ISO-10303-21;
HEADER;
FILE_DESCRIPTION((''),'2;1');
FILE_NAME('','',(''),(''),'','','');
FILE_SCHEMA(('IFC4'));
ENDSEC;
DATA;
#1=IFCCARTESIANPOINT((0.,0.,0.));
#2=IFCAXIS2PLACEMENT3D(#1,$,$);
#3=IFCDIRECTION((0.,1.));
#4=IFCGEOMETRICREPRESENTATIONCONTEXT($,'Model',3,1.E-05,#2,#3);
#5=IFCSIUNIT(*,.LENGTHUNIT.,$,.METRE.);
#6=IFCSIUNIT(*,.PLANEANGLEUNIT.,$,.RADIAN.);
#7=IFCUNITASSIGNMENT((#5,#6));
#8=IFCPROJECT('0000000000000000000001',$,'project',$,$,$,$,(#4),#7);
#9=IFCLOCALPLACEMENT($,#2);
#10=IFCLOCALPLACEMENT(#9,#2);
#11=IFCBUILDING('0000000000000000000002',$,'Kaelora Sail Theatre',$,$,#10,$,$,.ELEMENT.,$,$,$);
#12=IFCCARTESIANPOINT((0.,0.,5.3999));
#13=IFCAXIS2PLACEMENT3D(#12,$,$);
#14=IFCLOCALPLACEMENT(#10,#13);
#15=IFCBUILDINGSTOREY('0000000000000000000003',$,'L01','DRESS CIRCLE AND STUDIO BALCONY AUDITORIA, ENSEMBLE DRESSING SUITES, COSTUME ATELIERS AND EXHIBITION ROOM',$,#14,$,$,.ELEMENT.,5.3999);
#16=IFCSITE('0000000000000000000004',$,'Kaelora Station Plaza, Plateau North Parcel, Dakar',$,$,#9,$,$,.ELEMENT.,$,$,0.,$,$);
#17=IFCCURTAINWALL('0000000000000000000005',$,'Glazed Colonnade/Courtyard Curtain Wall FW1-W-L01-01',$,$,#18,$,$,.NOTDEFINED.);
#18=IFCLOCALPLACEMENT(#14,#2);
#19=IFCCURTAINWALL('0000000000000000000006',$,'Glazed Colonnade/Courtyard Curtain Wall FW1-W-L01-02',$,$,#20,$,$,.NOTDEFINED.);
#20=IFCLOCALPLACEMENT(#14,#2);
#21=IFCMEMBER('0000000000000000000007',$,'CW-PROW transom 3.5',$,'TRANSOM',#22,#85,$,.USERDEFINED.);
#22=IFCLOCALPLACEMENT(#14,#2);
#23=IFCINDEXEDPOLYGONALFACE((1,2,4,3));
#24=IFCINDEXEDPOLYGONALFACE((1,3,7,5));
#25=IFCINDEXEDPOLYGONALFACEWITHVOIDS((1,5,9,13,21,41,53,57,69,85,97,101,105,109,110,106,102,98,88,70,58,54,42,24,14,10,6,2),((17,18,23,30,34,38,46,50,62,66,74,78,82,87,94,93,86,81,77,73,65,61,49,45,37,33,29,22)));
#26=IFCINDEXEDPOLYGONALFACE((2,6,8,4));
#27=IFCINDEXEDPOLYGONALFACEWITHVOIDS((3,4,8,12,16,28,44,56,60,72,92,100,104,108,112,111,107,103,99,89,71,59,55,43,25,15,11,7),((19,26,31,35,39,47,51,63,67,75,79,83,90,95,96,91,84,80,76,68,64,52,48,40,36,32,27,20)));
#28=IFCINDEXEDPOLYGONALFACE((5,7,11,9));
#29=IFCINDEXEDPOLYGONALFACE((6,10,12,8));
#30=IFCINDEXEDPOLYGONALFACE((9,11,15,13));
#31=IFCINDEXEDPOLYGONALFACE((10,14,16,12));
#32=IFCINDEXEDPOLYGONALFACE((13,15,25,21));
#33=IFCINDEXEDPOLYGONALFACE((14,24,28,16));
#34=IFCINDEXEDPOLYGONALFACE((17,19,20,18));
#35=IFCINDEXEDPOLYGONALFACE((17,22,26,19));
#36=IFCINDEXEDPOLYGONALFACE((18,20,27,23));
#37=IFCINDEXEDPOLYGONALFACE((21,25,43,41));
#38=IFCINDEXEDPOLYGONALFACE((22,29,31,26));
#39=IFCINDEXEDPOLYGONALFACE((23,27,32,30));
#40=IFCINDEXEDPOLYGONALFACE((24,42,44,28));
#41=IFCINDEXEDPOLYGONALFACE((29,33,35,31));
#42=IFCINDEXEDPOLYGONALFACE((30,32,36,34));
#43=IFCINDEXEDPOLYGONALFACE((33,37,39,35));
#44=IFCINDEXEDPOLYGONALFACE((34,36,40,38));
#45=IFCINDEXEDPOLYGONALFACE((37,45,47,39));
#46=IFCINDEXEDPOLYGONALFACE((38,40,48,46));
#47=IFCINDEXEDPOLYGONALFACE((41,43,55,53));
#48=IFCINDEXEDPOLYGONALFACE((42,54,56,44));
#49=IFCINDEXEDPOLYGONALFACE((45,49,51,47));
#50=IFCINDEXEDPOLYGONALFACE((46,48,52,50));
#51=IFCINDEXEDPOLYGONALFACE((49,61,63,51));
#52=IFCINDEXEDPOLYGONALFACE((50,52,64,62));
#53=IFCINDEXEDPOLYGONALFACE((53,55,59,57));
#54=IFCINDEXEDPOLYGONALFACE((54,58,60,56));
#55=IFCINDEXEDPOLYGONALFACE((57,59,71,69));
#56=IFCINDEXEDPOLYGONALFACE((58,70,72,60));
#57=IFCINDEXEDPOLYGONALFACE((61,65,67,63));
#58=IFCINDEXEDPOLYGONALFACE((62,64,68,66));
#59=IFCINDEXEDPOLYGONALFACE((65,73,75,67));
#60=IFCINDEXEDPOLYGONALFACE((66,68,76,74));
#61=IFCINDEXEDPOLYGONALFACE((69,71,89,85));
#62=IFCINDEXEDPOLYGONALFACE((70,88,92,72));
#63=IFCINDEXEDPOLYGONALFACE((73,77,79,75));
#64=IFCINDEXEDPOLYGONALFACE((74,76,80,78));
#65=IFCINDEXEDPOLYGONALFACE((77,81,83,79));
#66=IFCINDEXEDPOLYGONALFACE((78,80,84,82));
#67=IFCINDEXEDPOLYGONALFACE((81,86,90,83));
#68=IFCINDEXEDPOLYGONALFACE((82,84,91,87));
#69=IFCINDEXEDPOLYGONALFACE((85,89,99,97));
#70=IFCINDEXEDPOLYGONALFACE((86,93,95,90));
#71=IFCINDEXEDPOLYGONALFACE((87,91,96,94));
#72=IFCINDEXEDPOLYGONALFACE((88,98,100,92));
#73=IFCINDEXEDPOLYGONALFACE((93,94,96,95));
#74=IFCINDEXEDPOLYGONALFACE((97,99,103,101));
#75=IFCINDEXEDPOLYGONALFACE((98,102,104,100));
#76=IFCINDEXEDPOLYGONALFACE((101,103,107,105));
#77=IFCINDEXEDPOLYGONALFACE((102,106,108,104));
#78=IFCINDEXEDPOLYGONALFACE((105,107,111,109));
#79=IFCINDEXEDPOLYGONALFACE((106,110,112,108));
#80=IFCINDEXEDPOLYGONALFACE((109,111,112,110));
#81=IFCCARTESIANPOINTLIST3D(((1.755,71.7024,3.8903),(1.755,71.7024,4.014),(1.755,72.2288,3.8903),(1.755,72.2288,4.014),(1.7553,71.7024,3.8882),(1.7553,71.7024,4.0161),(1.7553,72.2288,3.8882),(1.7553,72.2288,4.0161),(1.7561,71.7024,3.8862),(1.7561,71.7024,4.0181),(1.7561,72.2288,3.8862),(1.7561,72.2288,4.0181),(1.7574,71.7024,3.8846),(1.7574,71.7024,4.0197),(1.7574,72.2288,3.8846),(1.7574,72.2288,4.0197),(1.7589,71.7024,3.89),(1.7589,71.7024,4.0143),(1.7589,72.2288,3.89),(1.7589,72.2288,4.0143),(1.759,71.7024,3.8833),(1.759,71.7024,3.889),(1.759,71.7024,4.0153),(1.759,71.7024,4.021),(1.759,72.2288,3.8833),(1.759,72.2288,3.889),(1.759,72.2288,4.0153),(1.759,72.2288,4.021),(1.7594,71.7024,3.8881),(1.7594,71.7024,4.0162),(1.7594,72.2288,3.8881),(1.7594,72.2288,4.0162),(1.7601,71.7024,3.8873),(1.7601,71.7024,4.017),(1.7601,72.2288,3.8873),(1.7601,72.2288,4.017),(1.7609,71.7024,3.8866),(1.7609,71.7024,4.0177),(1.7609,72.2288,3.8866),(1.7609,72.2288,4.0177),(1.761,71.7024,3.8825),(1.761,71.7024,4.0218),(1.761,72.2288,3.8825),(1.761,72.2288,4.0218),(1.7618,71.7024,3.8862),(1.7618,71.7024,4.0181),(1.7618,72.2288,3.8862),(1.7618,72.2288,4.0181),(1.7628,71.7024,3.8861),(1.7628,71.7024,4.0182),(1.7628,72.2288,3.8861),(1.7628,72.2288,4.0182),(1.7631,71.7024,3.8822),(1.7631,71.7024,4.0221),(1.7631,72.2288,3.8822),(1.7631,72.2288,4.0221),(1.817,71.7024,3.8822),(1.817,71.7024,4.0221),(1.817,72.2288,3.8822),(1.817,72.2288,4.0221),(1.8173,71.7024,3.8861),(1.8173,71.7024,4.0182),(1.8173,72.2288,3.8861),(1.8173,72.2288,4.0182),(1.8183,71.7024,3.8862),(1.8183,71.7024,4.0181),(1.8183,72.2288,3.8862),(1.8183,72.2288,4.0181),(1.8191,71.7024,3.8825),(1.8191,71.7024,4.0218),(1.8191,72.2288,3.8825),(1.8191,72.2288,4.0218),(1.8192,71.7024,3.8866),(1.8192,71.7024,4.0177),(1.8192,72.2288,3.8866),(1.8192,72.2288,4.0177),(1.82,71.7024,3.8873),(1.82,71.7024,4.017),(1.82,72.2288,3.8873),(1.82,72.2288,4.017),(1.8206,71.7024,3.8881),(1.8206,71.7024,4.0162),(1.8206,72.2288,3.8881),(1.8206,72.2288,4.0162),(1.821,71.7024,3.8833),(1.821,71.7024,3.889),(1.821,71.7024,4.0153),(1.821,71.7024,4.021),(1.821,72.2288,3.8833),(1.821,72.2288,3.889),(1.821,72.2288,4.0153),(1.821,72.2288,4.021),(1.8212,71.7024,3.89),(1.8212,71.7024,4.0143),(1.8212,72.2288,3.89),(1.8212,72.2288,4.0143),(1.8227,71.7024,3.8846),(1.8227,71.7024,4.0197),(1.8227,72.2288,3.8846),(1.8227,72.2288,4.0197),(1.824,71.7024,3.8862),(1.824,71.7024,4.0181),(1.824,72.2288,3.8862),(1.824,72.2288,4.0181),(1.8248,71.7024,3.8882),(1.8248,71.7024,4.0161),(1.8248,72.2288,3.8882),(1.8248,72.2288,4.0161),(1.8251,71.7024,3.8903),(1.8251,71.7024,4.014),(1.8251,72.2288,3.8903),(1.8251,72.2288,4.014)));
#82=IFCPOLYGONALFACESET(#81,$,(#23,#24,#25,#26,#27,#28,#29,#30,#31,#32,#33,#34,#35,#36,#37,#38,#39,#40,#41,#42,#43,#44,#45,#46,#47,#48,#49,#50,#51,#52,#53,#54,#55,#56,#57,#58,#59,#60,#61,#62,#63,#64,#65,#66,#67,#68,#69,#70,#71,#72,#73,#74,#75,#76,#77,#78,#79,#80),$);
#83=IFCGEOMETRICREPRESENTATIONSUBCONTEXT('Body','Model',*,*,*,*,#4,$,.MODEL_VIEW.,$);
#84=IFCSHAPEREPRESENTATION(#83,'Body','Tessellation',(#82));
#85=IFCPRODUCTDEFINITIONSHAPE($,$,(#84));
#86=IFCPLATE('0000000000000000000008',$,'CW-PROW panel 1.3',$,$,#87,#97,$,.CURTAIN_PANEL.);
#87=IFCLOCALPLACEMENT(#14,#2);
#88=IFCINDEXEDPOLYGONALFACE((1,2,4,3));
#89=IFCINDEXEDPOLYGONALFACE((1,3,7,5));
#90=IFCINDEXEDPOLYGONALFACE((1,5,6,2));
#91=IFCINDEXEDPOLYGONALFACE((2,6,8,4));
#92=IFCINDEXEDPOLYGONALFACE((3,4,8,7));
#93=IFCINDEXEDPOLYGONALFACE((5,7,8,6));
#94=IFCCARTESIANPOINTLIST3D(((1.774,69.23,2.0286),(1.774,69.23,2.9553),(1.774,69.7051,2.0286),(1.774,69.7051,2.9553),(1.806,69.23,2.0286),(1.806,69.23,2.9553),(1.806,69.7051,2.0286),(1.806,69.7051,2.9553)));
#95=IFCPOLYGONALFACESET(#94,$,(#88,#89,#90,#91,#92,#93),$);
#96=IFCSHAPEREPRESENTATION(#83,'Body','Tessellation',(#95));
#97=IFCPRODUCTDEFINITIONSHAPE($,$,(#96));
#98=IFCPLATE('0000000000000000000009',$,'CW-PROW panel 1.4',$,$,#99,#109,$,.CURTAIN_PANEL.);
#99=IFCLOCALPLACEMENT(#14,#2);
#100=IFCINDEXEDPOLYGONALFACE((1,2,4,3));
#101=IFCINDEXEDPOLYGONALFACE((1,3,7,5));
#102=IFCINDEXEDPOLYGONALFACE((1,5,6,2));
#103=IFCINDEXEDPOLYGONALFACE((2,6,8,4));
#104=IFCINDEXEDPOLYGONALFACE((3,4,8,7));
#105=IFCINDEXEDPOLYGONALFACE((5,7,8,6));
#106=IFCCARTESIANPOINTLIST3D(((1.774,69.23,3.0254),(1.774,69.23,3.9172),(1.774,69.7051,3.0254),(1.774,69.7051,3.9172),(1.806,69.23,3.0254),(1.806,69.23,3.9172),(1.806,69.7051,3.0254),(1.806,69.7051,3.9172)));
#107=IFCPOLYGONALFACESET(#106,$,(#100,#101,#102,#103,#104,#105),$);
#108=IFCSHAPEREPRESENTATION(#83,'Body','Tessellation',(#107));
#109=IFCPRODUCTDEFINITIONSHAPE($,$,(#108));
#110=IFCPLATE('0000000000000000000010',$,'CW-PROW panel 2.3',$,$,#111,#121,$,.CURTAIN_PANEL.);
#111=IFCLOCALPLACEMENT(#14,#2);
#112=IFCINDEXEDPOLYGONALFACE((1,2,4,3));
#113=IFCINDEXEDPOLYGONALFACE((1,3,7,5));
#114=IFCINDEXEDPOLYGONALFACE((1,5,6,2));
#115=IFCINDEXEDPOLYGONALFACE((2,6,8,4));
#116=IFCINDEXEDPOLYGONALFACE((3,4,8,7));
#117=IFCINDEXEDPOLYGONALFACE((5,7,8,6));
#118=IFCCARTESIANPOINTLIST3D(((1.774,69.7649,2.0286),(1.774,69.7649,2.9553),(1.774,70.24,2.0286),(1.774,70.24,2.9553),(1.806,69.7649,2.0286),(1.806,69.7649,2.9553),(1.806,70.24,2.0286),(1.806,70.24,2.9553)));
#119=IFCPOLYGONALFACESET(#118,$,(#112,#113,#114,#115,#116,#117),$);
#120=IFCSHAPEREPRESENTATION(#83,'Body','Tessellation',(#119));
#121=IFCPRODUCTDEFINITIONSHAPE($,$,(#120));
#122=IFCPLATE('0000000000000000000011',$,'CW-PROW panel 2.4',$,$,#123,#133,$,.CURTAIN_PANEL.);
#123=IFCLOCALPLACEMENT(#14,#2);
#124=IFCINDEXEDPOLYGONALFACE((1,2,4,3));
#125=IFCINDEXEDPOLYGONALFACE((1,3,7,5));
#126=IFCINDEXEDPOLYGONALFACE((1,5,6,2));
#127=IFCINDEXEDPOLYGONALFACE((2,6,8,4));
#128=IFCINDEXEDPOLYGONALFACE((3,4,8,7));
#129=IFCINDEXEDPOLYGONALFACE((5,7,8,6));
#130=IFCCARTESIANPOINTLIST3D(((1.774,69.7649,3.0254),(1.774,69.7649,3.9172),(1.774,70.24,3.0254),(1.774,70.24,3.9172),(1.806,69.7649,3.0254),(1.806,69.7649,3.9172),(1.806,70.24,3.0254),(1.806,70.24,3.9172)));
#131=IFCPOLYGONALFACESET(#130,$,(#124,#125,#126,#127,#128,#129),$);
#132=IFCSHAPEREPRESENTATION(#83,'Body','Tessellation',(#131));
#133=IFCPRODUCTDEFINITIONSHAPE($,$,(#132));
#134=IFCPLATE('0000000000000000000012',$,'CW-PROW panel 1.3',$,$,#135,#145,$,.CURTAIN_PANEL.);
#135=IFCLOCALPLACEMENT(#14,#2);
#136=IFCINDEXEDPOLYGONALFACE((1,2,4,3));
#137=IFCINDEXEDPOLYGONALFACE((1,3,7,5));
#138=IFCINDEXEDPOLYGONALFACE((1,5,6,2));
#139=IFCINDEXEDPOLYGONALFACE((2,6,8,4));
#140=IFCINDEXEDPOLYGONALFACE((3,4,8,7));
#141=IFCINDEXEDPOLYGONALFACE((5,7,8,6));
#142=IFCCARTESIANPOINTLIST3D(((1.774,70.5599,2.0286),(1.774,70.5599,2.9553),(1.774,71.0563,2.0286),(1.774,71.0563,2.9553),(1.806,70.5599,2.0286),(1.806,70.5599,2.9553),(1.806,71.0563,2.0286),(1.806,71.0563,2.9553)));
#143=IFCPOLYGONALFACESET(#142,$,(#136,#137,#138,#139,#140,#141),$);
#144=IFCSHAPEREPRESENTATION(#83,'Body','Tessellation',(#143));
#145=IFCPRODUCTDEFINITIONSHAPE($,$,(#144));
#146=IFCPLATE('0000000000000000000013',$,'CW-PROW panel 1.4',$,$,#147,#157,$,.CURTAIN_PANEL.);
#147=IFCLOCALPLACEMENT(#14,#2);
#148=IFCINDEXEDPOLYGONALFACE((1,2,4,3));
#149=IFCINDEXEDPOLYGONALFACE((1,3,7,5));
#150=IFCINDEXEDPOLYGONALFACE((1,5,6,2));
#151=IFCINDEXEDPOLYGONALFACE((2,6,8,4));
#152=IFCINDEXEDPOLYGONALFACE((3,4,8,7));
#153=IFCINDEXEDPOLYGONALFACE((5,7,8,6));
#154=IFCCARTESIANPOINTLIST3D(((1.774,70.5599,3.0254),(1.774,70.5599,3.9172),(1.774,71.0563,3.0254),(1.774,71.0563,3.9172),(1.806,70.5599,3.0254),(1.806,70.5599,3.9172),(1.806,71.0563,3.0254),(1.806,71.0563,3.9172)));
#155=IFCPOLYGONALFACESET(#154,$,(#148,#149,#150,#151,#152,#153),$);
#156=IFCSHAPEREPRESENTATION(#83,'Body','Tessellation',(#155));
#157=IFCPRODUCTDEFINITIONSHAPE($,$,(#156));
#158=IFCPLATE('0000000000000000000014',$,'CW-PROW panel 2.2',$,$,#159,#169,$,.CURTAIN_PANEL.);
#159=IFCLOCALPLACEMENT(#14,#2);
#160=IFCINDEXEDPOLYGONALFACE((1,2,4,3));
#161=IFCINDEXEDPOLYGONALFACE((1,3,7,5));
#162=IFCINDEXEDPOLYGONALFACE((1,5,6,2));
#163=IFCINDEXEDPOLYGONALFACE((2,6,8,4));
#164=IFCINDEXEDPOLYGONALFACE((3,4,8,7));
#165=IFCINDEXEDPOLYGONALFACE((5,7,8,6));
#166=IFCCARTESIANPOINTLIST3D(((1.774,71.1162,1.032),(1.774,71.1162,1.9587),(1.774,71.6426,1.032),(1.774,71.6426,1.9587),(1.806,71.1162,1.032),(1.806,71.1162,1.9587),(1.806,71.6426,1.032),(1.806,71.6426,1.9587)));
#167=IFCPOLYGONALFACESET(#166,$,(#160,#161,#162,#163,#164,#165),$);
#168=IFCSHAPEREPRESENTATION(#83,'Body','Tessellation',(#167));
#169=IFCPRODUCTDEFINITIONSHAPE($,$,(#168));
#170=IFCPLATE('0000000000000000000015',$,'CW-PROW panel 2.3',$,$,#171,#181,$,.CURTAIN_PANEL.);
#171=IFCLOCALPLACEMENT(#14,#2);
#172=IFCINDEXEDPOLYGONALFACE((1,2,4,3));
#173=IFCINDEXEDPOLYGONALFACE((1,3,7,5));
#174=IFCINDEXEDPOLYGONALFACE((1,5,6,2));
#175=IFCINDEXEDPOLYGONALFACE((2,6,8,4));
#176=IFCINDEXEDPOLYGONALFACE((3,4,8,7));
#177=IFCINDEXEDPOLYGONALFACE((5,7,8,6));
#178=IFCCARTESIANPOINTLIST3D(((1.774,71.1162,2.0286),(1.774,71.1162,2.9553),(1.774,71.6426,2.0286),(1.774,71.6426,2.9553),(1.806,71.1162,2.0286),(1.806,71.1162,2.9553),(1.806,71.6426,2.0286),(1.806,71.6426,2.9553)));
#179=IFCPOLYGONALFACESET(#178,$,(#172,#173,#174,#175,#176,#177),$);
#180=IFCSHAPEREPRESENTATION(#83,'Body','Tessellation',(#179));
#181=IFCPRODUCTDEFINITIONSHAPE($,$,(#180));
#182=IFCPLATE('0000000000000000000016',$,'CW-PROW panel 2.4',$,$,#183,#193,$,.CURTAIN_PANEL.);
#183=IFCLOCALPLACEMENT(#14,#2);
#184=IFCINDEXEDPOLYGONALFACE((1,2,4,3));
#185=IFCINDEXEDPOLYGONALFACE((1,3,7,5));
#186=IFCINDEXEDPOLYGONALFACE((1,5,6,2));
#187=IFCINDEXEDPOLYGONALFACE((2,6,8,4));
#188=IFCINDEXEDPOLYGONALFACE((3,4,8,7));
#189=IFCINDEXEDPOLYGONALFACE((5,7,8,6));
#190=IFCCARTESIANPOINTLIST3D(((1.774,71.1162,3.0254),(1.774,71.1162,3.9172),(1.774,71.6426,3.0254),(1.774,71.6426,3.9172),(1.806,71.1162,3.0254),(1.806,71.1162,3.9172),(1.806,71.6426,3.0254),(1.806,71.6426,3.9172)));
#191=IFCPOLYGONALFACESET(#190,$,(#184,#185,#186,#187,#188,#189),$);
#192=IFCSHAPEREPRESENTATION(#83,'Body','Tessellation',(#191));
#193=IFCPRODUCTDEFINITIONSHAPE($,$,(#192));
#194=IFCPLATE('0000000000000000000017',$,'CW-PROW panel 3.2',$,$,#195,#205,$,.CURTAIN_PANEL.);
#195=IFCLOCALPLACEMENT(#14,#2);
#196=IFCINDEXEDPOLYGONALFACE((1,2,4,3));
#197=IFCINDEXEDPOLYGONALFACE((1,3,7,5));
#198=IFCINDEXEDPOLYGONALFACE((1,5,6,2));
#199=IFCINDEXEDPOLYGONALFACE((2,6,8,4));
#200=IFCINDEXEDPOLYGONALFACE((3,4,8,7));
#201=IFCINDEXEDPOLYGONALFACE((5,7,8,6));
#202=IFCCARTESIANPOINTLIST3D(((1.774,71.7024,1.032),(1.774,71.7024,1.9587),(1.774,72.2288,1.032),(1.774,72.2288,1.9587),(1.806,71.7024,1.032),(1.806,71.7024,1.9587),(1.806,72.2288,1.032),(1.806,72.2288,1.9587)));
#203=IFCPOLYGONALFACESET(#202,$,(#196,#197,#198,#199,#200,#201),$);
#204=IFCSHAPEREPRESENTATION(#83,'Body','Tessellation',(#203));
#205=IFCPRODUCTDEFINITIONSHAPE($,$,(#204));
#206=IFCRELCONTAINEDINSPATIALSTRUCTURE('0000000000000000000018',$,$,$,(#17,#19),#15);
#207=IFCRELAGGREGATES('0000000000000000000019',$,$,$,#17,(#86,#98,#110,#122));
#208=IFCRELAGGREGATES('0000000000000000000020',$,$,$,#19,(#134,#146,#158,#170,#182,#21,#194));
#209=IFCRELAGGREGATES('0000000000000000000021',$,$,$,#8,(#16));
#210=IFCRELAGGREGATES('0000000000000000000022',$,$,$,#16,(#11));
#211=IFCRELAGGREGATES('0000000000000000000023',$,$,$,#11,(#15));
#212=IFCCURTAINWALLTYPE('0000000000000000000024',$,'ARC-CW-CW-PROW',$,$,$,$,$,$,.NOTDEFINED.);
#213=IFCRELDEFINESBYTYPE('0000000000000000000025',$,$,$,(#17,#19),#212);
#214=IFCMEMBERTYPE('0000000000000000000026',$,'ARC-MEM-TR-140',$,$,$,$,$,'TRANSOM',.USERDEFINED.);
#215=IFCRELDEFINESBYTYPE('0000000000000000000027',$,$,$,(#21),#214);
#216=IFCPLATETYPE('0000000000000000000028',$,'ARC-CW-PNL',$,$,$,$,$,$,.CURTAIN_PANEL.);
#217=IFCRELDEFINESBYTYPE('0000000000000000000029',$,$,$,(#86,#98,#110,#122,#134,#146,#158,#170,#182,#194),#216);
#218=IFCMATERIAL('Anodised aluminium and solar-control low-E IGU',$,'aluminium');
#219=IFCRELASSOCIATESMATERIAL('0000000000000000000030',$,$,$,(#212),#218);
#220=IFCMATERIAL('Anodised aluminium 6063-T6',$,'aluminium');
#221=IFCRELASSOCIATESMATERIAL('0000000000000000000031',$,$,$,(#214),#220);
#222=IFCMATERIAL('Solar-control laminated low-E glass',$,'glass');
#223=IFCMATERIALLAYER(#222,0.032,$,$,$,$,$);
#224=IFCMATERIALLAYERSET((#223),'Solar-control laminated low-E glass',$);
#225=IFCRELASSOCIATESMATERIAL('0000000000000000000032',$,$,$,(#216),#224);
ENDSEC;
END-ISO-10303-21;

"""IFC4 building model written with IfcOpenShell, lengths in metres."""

from ifc_helpers import new_model, si_unit, direction, frame, origin, origin_2d, place, context, subcontext, project, spatial, rectangle, hollow_rectangle, extrude, material, layer, layer_set, material_profile, profile_set, type_object, element, aggregate, save


model = new_model("IFC4")

# Units and contexts
model_context = context("Model", 3, precision=1e-05, world=origin(), true_north=direction((0.0, 1.0)))
body_context = subcontext(model_context, "Body", "Model", "MODEL_VIEW")
ifc_project = project(units=[si_unit("LENGTHUNIT", "METRE"), si_unit("PLANEANGLEUNIT", "RADIAN")], contexts=[model_context])

# Site, building, storey
site_placement = place(None, origin())
site = spatial("IfcSite", under=ifc_project, at=site_placement, Name="Kaelora Station Plaza, Plateau North Parcel, Dakar", CompositionType="ELEMENT", RefElevation=0.0)
building_placement = place(site_placement, origin())
building = spatial("IfcBuilding", under=site, at=building_placement, Name="Kaelora Sail Theatre", CompositionType="ELEMENT")
storey_placement = place(building_placement, frame((0.0, 0.0, 5.3999)))
storey = spatial("IfcBuildingStorey", under=building, at=storey_placement, Name="L01", Description="DRESS CIRCLE AND STUDIO BALCONY AUDITORIA, ENSEMBLE DRESSING SUITES, COSTUME ATELIERS AND EXHIBITION ROOM", CompositionType="ELEMENT", Elevation=5.3999)

# Curtain walls, member
ifc_material_1 = material(Name="Anodised aluminium and solar-control low-E IGU", Category="aluminium")
curtain_wall_type = type_object("IfcCurtainWallType", Name="ARC-CW-CW-PROW", PredefinedType="NOTDEFINED", material=ifc_material_1)
curtain_wall_1_placement = place(storey_placement, origin())
curtain_wall_1 = element("IfcCurtainWall", 1, at=curtain_wall_1_placement, inside=storey, type_object=curtain_wall_type, Name="Glazed Colonnade/Courtyard Curtain Wall FW1-W-L01-01", PredefinedType="NOTDEFINED")
ifc_material_2 = material(Name="Anodised aluminium 6063-T6", Category="aluminium")
ifc_material_profile = material_profile(ifc_material_2, hollow_rectangle(XDim=0.0701, YDim=0.1399, WallThickness=0.0039, InnerFilletRadius=0.0039, OuterFilletRadius=0.0081, at=origin_2d()), Name="ALU-TRAN 70x140x4")
ifc_profile_set = profile_set([ifc_material_profile], Name="Anodised aluminium 6063-T6")
member_type = type_object("IfcMemberType", Name="ARC-MEM-TR-140", ElementType="TRANSOM", PredefinedType="USERDEFINED", material=ifc_profile_set)
curtain_wall_2_placement = place(storey_placement, origin())
curtain_wall_2 = element("IfcCurtainWall", 2, at=curtain_wall_2_placement, inside=storey, type_object=curtain_wall_type, Name="Glazed Colonnade/Courtyard Curtain Wall FW1-W-L01-02", PredefinedType="NOTDEFINED")
member_1_placement = place(storey_placement, frame((1.79, 71.7024, 3.9521), z_axis=(0.0, 1.0, 0.0), x_axis=(-1.0, 0.0, 0.0)))
member_1 = element("IfcMember", 3, at=member_1_placement, type_object=member_type, Name="CW-PROW transom 3.5", ObjectType="TRANSOM", PredefinedType="USERDEFINED", context=body_context, shape_type="SweptSolid", body=[
    extrude(hollow_rectangle(XDim=0.0701, YDim=0.1399, WallThickness=0.0039, InnerFilletRadius=0.0039, OuterFilletRadius=0.0081, at=origin_2d()), origin(), (0.0, 0.0, 1.0), 0.5264),
])

# Plates
ifc_material_3 = material(Name="Solar-control laminated low-E glass", Category="glass")
ifc_layer = layer(ifc_material_3, 0.032)
ifc_layer_set = layer_set([ifc_layer], Name="Solar-control laminated low-E glass")
plate_type = type_object("IfcPlateType", Name="ARC-CW-PNL", PredefinedType="CURTAIN_PANEL", material=ifc_layer_set)
plate_1_placement = place(storey_placement, frame((1.79, 69.4675, 2.0286), z_axis=(0.0, 0.0, 1.0), x_axis=(0.0, 1.0, 0.0)))
plate_1 = element("IfcPlate", 4, at=plate_1_placement, type_object=plate_type, Name="CW-PROW panel 1.3", PredefinedType="CURTAIN_PANEL", context=body_context, shape_type="SweptSolid", body=[
    extrude(rectangle(XDim=0.4751, YDim=0.032, at=origin_2d()), origin(), (0.0, 0.0, 1.0), 0.9268),
])
plate_2_placement = place(storey_placement, frame((1.79, 69.4675, 3.0254), z_axis=(0.0, 0.0, 1.0), x_axis=(0.0, 1.0, 0.0)))
plate_2 = element("IfcPlate", 5, at=plate_2_placement, type_object=plate_type, Name="CW-PROW panel 1.4", PredefinedType="CURTAIN_PANEL", context=body_context, shape_type="SweptSolid", body=[
    extrude(rectangle(XDim=0.4751, YDim=0.032, at=origin_2d()), origin(), (0.0, 0.0, 1.0), 0.8918),
])
plate_3_placement = place(storey_placement, frame((1.79, 70.0024, 2.0286), z_axis=(0.0, 0.0, 1.0), x_axis=(0.0, 1.0, 0.0)))
plate_3 = element("IfcPlate", 6, at=plate_3_placement, type_object=plate_type, Name="CW-PROW panel 2.3", PredefinedType="CURTAIN_PANEL", context=body_context, shape_type="SweptSolid", body=[
    extrude(rectangle(XDim=0.4751, YDim=0.032, at=origin_2d()), origin(), (0.0, 0.0, 1.0), 0.9268),
])
plate_4_placement = place(storey_placement, frame((1.79, 70.0024, 3.0254), z_axis=(0.0, 0.0, 1.0), x_axis=(0.0, 1.0, 0.0)))
plate_4 = element("IfcPlate", 7, at=plate_4_placement, type_object=plate_type, Name="CW-PROW panel 2.4", PredefinedType="CURTAIN_PANEL", context=body_context, shape_type="SweptSolid", body=[
    extrude(rectangle(XDim=0.4751, YDim=0.032, at=origin_2d()), origin(), (0.0, 0.0, 1.0), 0.8918),
])
aggregate(curtain_wall_1, [plate_1, plate_2, plate_3, plate_4])
plate_5_placement = place(storey_placement, frame((1.79, 70.8081, 2.0286), z_axis=(0.0, 0.0, 1.0), x_axis=(0.0, 1.0, 0.0)))
plate_5 = element("IfcPlate", 8, at=plate_5_placement, type_object=plate_type, Name="CW-PROW panel 1.3", PredefinedType="CURTAIN_PANEL", context=body_context, shape_type="SweptSolid", body=[
    extrude(rectangle(XDim=0.4963, YDim=0.032, at=origin_2d()), origin(), (0.0, 0.0, 1.0), 0.9268),
])
plate_6_placement = place(storey_placement, frame((1.79, 70.8081, 3.0254), z_axis=(0.0, 0.0, 1.0), x_axis=(0.0, 1.0, 0.0)))
plate_6 = element("IfcPlate", 9, at=plate_6_placement, type_object=plate_type, Name="CW-PROW panel 1.4", PredefinedType="CURTAIN_PANEL", context=body_context, shape_type="SweptSolid", body=[
    extrude(rectangle(XDim=0.4963, YDim=0.032, at=origin_2d()), origin(), (0.0, 0.0, 1.0), 0.8918),
])
plate_7_placement = place(storey_placement, frame((1.79, 71.3794, 1.032), z_axis=(0.0, 0.0, 1.0), x_axis=(0.0, 1.0, 0.0)))
plate_7 = element("IfcPlate", 10, at=plate_7_placement, type_object=plate_type, Name="CW-PROW panel 2.2", PredefinedType="CURTAIN_PANEL", context=body_context, shape_type="SweptSolid", body=[
    extrude(rectangle(XDim=0.5264, YDim=0.032, at=origin_2d()), origin(), (0.0, 0.0, 1.0), 0.9268),
])
plate_8_placement = place(storey_placement, frame((1.79, 71.3794, 2.0286), z_axis=(0.0, 0.0, 1.0), x_axis=(0.0, 1.0, 0.0)))
plate_8 = element("IfcPlate", 11, at=plate_8_placement, type_object=plate_type, Name="CW-PROW panel 2.3", PredefinedType="CURTAIN_PANEL", context=body_context, shape_type="SweptSolid", body=[
    extrude(rectangle(XDim=0.5264, YDim=0.032, at=origin_2d()), origin(), (0.0, 0.0, 1.0), 0.9268),
])
plate_9_placement = place(storey_placement, frame((1.79, 71.3794, 3.0254), z_axis=(0.0, 0.0, 1.0), x_axis=(0.0, 1.0, 0.0)))
plate_9 = element("IfcPlate", 12, at=plate_9_placement, type_object=plate_type, Name="CW-PROW panel 2.4", PredefinedType="CURTAIN_PANEL", context=body_context, shape_type="SweptSolid", body=[
    extrude(rectangle(XDim=0.5264, YDim=0.032, at=origin_2d()), origin(), (0.0, 0.0, 1.0), 0.8918),
])
plate_10_placement = place(storey_placement, frame((1.79, 71.9656, 1.032), z_axis=(0.0, 0.0, 1.0), x_axis=(0.0, 1.0, 0.0)))
plate_10 = element("IfcPlate", 13, at=plate_10_placement, type_object=plate_type, Name="CW-PROW panel 3.2", PredefinedType="CURTAIN_PANEL", context=body_context, shape_type="SweptSolid", body=[
    extrude(rectangle(XDim=0.5264, YDim=0.032, at=origin_2d()), origin(), (0.0, 0.0, 1.0), 0.9268),
])
aggregate(curtain_wall_2, [plate_5, plate_6, plate_7, plate_8, plate_9, member_1, plate_10])

save(model, "model.ifc")
